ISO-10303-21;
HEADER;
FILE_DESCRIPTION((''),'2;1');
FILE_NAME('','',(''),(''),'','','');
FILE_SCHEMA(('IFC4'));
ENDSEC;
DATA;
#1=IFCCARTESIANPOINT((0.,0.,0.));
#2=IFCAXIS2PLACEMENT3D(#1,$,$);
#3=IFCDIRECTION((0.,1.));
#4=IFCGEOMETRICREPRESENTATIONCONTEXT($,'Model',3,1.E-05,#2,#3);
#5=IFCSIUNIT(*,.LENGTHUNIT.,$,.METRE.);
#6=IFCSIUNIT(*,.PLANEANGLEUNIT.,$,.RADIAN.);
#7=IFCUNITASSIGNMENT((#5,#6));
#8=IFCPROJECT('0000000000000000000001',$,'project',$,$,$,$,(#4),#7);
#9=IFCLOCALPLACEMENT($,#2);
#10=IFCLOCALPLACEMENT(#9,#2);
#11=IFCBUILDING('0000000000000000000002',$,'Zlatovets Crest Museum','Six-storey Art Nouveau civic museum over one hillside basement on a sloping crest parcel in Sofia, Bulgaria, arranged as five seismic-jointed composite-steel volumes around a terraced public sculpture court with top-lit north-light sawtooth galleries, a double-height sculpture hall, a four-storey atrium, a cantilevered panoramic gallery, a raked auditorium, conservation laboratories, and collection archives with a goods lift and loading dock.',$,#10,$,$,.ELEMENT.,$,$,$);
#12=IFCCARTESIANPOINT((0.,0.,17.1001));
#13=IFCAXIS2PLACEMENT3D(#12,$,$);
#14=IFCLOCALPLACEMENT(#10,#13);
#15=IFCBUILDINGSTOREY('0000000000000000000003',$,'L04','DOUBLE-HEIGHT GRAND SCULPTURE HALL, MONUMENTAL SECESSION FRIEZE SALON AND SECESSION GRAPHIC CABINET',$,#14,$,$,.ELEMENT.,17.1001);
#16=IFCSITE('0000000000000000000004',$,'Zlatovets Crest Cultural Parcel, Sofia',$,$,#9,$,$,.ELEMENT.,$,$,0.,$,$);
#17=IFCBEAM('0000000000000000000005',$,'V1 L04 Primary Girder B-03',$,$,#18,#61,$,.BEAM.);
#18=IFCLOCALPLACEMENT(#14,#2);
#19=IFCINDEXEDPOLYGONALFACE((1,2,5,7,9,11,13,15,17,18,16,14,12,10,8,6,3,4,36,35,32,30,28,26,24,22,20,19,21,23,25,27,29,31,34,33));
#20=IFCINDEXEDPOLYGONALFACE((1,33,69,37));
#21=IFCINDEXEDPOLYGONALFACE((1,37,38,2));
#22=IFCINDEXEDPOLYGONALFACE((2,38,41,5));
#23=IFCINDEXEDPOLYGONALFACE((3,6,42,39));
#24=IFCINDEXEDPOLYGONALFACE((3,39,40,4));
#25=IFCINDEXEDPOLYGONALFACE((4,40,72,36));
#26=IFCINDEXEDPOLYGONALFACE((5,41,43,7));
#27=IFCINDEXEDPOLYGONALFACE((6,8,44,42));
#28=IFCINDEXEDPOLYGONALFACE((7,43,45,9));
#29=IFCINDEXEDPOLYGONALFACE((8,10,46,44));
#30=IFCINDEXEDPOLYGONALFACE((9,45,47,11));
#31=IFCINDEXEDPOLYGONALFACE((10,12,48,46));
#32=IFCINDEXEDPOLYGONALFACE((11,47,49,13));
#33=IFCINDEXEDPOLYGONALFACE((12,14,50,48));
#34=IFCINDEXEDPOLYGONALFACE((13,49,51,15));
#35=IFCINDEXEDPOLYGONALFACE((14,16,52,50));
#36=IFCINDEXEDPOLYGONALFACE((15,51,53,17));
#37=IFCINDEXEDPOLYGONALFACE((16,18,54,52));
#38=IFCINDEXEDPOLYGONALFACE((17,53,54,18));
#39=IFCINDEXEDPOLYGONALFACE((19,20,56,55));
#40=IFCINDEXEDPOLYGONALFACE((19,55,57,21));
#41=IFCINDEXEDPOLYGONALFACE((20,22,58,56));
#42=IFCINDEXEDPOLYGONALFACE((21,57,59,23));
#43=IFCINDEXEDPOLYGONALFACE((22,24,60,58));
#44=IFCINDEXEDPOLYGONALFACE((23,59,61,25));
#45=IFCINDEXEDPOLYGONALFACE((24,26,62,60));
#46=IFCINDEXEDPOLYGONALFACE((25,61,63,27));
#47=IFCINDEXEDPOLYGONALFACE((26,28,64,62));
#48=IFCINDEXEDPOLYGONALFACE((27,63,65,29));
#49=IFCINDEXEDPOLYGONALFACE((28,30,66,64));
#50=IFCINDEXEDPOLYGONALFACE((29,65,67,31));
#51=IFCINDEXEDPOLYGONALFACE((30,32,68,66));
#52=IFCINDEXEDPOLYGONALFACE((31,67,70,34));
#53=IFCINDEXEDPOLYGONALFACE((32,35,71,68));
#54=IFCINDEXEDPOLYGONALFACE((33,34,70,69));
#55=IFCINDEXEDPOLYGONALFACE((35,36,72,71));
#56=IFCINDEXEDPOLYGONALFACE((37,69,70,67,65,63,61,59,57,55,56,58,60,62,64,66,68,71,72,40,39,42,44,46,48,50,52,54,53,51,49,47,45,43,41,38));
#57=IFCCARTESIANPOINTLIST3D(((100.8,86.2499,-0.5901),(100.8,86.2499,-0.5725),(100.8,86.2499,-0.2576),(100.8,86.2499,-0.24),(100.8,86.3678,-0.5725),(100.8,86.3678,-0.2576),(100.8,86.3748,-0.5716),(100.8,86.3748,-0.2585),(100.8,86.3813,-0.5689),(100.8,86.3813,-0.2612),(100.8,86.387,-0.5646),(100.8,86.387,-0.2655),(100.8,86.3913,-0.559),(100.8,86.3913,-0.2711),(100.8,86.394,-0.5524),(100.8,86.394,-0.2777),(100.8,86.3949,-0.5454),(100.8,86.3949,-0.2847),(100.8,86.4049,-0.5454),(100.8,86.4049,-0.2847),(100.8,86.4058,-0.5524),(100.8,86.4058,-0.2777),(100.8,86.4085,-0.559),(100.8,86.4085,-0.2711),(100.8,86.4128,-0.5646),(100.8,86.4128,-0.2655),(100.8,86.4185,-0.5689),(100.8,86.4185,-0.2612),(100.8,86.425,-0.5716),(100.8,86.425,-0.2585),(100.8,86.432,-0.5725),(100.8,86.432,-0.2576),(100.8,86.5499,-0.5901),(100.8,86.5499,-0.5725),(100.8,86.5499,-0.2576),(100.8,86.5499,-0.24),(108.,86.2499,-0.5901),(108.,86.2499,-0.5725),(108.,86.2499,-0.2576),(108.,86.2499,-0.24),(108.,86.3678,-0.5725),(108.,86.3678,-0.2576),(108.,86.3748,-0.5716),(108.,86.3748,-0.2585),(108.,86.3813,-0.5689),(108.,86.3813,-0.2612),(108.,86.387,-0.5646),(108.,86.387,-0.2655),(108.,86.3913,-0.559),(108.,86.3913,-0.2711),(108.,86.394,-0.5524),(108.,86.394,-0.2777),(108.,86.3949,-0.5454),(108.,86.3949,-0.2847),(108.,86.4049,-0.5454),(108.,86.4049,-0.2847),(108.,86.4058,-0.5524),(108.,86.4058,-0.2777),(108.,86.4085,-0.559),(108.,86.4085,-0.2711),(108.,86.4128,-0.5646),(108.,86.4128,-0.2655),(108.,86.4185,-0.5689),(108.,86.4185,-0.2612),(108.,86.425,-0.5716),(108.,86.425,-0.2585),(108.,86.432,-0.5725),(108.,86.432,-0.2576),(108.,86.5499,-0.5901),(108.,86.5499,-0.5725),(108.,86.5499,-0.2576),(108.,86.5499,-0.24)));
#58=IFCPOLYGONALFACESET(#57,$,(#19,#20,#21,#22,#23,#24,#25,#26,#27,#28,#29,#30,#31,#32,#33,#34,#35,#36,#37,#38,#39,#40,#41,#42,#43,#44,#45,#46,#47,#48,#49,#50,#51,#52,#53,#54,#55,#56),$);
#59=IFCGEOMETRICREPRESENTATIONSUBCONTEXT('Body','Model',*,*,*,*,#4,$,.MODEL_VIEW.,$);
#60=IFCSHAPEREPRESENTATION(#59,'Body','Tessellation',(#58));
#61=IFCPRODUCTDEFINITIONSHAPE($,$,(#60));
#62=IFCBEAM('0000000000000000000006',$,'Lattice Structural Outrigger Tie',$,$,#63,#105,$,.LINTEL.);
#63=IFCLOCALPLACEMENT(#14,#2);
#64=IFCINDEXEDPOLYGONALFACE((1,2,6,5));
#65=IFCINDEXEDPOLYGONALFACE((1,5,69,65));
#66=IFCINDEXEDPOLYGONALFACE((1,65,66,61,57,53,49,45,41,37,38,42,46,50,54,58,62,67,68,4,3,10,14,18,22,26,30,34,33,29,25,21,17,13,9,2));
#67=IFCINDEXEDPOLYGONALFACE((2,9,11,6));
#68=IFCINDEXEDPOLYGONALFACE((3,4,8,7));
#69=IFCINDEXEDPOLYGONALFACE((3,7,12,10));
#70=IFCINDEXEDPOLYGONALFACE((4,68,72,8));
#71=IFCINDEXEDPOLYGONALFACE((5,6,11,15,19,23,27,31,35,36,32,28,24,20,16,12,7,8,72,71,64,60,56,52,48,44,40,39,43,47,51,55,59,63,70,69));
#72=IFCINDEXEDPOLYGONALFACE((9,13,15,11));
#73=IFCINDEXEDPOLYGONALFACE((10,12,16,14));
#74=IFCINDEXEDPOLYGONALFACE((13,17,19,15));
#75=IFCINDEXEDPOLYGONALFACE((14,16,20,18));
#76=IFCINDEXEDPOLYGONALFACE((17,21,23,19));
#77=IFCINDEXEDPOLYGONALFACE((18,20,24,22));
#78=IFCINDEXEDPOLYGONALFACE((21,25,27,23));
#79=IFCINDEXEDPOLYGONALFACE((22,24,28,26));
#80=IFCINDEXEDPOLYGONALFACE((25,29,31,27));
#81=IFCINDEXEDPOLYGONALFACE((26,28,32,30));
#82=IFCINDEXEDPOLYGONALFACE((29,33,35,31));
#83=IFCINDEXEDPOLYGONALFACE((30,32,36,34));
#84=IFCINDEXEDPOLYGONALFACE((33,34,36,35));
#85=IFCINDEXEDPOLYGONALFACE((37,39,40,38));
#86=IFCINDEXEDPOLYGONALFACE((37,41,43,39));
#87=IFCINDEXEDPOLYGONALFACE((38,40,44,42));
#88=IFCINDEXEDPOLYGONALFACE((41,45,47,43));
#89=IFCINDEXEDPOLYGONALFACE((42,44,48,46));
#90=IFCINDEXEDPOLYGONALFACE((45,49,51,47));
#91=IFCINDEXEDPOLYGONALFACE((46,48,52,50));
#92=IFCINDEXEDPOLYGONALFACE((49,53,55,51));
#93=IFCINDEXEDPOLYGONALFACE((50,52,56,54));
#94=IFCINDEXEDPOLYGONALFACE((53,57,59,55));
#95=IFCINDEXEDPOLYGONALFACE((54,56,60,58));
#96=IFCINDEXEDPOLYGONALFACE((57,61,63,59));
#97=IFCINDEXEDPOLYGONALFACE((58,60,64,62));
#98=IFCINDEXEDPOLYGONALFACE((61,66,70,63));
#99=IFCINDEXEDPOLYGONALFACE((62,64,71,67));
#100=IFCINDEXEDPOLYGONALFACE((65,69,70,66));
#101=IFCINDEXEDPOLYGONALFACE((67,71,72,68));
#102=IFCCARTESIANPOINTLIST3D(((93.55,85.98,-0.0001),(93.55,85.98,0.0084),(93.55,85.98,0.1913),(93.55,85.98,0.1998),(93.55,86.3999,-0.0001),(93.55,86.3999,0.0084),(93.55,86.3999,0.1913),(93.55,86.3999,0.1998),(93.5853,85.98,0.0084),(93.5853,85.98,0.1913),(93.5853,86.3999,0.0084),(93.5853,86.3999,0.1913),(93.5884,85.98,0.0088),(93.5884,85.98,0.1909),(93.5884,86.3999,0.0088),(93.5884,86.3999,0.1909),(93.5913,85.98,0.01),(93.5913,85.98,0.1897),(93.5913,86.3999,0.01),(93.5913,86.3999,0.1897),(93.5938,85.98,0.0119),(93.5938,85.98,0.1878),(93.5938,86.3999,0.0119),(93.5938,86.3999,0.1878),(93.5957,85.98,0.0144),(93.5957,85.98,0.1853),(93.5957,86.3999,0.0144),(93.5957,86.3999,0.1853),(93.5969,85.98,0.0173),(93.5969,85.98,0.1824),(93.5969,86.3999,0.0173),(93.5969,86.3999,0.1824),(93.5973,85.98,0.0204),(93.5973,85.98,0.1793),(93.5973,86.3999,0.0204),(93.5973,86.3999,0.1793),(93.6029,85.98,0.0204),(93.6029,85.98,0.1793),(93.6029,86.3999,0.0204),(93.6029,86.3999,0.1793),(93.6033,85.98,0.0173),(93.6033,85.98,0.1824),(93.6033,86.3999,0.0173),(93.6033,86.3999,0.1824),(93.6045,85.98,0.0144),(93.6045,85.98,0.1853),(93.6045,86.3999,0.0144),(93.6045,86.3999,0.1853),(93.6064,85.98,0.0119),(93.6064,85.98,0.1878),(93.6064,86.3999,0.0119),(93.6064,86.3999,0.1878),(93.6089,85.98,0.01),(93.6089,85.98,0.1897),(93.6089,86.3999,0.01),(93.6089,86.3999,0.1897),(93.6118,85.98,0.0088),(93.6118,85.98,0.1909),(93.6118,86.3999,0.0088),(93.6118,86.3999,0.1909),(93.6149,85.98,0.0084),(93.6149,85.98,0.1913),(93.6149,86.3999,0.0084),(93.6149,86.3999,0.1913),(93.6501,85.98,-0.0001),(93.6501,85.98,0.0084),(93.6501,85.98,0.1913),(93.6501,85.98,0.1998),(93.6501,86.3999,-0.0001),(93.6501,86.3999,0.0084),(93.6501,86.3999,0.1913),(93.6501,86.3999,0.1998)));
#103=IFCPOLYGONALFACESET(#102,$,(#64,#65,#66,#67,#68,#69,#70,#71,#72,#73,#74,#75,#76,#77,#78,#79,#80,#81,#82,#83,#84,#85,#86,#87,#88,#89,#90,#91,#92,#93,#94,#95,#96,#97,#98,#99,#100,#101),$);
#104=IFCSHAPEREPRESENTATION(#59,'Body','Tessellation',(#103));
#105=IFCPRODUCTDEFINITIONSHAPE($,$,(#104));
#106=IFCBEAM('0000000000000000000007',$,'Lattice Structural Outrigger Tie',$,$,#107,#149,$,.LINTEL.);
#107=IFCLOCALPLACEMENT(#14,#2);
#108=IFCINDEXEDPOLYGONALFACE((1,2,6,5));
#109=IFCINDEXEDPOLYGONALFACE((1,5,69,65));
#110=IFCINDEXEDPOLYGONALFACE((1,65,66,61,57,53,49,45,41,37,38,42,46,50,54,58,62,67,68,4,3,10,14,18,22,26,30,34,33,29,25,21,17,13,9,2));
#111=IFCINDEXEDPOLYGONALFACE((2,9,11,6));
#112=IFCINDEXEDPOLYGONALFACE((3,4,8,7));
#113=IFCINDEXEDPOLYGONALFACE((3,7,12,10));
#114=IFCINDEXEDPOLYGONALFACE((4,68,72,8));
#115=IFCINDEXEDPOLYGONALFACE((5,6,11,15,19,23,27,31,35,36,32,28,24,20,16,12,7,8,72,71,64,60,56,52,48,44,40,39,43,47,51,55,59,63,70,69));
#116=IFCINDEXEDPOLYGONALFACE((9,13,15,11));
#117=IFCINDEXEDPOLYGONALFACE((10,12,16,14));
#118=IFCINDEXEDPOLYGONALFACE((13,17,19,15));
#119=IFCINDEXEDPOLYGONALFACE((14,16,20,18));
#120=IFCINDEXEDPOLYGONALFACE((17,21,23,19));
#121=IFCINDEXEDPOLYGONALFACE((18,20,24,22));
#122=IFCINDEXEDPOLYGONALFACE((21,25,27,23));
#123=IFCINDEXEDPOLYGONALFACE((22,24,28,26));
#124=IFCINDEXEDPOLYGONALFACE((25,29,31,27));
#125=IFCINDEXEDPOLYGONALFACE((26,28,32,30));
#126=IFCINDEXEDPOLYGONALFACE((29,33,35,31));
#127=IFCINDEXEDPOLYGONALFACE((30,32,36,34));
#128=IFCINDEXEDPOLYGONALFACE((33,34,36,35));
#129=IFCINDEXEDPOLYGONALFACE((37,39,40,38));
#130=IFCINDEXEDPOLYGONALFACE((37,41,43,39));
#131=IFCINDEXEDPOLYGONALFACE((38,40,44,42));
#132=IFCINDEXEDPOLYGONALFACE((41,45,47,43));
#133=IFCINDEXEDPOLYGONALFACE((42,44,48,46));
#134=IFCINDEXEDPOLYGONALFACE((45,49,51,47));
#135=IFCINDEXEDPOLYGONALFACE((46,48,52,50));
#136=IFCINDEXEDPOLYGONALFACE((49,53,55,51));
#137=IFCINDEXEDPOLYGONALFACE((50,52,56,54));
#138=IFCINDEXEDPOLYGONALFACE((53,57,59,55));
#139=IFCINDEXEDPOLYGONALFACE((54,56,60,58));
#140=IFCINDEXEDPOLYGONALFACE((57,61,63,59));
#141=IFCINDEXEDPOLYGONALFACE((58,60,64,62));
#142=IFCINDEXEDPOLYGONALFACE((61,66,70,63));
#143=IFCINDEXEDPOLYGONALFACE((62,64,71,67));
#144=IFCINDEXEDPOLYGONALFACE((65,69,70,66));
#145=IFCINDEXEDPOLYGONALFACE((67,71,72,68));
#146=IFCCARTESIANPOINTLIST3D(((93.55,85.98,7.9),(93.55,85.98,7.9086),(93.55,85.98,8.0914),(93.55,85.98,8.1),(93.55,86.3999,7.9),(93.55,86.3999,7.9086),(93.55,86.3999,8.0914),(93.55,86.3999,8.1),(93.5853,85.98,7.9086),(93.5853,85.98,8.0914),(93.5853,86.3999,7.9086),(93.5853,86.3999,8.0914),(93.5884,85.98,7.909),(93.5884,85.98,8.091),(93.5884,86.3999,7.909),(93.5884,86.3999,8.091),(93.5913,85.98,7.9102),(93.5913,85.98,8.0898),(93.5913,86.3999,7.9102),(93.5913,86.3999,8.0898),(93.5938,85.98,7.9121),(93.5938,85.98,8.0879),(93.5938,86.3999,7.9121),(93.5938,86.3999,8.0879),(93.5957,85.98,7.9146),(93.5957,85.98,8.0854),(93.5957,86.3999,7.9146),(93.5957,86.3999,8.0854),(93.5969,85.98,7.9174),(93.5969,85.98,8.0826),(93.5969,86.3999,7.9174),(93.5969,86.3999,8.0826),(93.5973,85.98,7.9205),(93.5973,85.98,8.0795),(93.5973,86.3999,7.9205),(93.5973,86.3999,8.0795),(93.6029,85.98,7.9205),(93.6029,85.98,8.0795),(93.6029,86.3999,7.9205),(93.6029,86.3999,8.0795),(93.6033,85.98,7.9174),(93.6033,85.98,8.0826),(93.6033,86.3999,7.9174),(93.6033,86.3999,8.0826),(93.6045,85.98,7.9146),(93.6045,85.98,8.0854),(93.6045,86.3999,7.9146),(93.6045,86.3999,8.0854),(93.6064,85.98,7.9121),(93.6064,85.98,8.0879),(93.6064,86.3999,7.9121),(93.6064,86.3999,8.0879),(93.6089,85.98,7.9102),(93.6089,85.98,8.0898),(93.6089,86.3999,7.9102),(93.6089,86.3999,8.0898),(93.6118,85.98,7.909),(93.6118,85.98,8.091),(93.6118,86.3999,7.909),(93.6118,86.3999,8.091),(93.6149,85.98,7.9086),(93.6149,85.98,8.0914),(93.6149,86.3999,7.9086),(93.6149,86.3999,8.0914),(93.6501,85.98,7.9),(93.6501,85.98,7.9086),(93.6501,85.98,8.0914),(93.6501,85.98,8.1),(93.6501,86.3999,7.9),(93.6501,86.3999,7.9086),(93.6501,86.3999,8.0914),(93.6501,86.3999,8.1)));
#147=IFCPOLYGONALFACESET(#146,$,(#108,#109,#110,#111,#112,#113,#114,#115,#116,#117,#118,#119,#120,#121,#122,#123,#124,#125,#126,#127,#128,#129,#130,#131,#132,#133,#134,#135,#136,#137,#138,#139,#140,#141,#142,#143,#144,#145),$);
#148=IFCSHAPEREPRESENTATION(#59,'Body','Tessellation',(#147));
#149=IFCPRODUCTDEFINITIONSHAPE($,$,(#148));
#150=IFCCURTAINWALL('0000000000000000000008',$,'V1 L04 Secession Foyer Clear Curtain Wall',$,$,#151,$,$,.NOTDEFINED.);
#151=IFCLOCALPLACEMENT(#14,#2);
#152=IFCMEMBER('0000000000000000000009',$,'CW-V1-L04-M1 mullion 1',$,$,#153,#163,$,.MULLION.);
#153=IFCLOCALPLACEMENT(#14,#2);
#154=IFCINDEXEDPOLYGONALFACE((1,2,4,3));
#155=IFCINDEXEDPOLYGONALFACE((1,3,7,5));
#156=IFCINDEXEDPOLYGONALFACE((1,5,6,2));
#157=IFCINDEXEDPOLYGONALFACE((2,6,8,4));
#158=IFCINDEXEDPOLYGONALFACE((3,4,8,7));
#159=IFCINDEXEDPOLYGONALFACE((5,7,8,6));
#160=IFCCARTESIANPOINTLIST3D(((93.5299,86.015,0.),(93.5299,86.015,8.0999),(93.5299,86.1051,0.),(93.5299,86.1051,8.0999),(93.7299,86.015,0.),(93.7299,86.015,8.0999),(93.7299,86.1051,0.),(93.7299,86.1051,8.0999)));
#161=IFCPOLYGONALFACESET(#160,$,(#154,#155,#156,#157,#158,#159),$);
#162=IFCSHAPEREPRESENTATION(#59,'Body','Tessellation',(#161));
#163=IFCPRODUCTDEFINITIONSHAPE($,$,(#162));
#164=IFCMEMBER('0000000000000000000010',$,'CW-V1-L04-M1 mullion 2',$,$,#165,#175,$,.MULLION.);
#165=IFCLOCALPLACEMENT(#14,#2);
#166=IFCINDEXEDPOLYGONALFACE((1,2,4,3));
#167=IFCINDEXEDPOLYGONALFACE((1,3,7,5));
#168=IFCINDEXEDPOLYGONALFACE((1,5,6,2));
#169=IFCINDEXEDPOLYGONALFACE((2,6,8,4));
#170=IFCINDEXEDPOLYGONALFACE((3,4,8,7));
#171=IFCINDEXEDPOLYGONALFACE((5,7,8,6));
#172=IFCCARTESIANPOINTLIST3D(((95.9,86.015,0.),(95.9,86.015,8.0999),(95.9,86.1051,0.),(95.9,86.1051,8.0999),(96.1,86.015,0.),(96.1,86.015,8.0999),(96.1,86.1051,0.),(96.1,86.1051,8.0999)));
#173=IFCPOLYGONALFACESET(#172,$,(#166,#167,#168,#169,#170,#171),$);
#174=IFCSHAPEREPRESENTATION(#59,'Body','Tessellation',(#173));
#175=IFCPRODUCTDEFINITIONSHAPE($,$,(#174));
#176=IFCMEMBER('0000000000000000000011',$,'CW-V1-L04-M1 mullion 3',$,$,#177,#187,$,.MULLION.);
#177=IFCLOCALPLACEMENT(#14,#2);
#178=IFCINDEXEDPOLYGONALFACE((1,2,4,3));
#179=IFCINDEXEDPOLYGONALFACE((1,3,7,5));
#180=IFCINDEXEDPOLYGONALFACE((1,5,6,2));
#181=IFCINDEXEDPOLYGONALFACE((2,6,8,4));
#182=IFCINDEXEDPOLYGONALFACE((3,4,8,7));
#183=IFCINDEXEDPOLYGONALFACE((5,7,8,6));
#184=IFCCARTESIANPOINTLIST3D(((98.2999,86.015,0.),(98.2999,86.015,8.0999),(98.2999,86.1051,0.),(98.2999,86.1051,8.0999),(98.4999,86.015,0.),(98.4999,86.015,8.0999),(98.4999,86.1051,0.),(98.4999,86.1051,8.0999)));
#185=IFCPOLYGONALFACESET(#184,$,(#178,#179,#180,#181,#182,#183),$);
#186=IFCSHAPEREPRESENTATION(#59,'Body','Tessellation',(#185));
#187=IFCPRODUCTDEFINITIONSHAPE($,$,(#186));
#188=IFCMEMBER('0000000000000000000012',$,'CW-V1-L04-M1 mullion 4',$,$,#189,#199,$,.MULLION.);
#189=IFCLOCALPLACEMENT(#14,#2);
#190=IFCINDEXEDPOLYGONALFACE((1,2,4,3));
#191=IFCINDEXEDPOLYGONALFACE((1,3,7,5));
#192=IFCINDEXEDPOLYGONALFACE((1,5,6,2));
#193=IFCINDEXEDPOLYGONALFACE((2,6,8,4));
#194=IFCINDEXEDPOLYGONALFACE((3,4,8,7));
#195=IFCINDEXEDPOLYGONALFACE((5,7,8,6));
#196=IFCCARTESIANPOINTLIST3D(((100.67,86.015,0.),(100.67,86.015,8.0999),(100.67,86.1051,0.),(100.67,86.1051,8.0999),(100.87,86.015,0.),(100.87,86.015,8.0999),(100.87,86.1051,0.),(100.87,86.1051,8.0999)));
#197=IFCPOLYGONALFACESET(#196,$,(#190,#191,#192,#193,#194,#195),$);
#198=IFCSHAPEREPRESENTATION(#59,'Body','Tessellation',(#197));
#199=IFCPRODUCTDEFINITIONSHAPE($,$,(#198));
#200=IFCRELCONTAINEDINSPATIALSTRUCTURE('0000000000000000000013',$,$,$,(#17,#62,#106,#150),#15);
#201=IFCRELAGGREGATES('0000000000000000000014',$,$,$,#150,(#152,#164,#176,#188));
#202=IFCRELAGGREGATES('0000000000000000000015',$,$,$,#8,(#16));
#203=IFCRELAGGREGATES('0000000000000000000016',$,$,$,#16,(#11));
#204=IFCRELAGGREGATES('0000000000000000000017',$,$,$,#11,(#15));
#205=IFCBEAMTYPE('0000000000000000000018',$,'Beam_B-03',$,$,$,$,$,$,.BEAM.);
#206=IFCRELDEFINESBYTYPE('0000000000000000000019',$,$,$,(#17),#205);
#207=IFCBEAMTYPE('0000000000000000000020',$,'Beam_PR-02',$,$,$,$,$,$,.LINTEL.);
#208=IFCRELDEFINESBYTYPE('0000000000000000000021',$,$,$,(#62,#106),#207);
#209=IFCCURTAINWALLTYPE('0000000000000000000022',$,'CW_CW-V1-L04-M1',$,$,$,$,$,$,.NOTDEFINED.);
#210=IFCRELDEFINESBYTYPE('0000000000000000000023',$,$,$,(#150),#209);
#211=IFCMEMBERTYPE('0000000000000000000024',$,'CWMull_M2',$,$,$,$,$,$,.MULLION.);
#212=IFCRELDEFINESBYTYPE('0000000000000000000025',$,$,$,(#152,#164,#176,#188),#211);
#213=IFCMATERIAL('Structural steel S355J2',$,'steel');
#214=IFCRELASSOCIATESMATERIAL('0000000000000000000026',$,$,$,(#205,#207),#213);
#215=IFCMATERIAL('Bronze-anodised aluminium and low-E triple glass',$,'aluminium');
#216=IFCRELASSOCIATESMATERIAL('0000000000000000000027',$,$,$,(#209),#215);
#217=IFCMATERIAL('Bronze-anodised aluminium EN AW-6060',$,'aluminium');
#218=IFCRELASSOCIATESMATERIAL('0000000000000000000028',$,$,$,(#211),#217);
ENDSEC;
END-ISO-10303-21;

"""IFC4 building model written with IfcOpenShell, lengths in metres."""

from ifc_helpers import new_model, si_unit, direction, frame, origin, origin_2d, place, context, subcontext, project, spatial, rectangle, i_section, extrude, material, material_profile, profile_set, type_object, element, aggregate, save


model = new_model("IFC4")

# Units and contexts
model_context = context("Model", 3, precision=1e-05, world=origin(), true_north=direction((0.0, 1.0)))
body_context = subcontext(model_context, "Body", "Model", "MODEL_VIEW")
ifc_project = project(units=[si_unit("LENGTHUNIT", "METRE"), si_unit("PLANEANGLEUNIT", "RADIAN")], contexts=[model_context])

# Site, building, storey
site_placement = place(None, origin())
site = spatial("IfcSite", under=ifc_project, at=site_placement, Name="Zlatovets Crest Cultural Parcel, Sofia", CompositionType="ELEMENT", RefElevation=0.0)
building_placement = place(site_placement, origin())
building = spatial("IfcBuilding", under=site, at=building_placement, Name="Zlatovets Crest Museum", Description="Six-storey Art Nouveau civic museum over one hillside basement on a sloping crest parcel in Sofia, Bulgaria, arranged as five seismic-jointed composite-steel volumes around a terraced public sculpture court with top-lit north-light sawtooth galleries, a double-height sculpture hall, a four-storey atrium, a cantilevered panoramic gallery, a raked auditorium, conservation laboratories, and collection archives with a goods lift and loading dock.", CompositionType="ELEMENT")
storey_placement = place(building_placement, frame((0.0, 0.0, 17.1001)))
storey = spatial("IfcBuildingStorey", under=building, at=storey_placement, Name="L04", Description="DOUBLE-HEIGHT GRAND SCULPTURE HALL, MONUMENTAL SECESSION FRIEZE SALON AND SECESSION GRAPHIC CABINET", CompositionType="ELEMENT", Elevation=17.1001)

# Beams
ifc_material_1 = material(Name="Structural steel S355J2", Category="steel")
ifc_material_profile_1 = material_profile(ifc_material_1, i_section(OverallWidth=0.3, OverallDepth=0.3501, WebThickness=0.01, FlangeThickness=0.0176, FilletRadius=0.0271, at=origin_2d()), Name="HEA 360")
ifc_profile_set_1 = profile_set([ifc_material_profile_1], Name="Structural steel S355J2")
beam_type_1 = type_object("IfcBeamType", Name="Beam_B-03", PredefinedType="BEAM", material=ifc_profile_set_1)
beam_placement = place(storey_placement, frame((100.8, 86.3999, -0.415), z_axis=(1.0, 0.0, 0.0), x_axis=(0.0, 1.0, 0.0)))
element("IfcBeam", 1, at=beam_placement, inside=storey, type_object=beam_type_1, Name="V1 L04 Primary Girder B-03", PredefinedType="BEAM", context=body_context, shape_type="SweptSolid", body=[
    extrude(i_section(OverallWidth=0.3, OverallDepth=0.3501, WebThickness=0.01, FlangeThickness=0.0176, FilletRadius=0.0271, at=origin_2d()), origin(), (0.0, 0.0, 1.0), 7.2),
])
ifc_material_profile_2 = material_profile(ifc_material_1, i_section(OverallWidth=0.1001, OverallDepth=0.2, WebThickness=0.0056, FlangeThickness=0.0085, FilletRadius=0.012, at=origin_2d()), Name="IPE 200")
ifc_profile_set_2 = profile_set([ifc_material_profile_2], Name="Structural steel S355J2")
beam_type_2 = type_object("IfcBeamType", Name="Beam_PR-02", PredefinedType="LINTEL", material=ifc_profile_set_2)
for number, where, z_axis, x_axis, name in (
    (2, (93.6001, 86.3999, 0.0999), (0.0, -1.0, 0.0), (1.0, 0.0, 0.0), "Lattice Structural Outrigger Tie"),
    (3, (93.6001, 86.3999, 8.0), (0.0, -1.0, 0.0), (1.0, 0.0, 0.0), "Lattice Structural Outrigger Tie"),
):
    element("IfcBeam", number, at=place(storey_placement, frame(where, z_axis=z_axis, x_axis=x_axis)), inside=storey, type_object=beam_type_2, Name=name, PredefinedType="LINTEL", context=body_context, shape_type="SweptSolid", body=[
        extrude(i_section(OverallWidth=0.1001, OverallDepth=0.2, WebThickness=0.0056, FlangeThickness=0.0085, FilletRadius=0.012, at=origin_2d()), origin(), (0.0, 0.0, 1.0), 0.4199),
    ])

# Curtain wall, members
ifc_material_2 = material(Name="Bronze-anodised aluminium and low-E triple glass", Category="aluminium")
curtain_wall_type = type_object("IfcCurtainWallType", Name="CW_CW-V1-L04-M1", PredefinedType="NOTDEFINED", material=ifc_material_2)
curtain_wall_placement = place(storey_placement, origin())
curtain_wall = element("IfcCurtainWall", 4, at=curtain_wall_placement, inside=storey, type_object=curtain_wall_type, Name="V1 L04 Secession Foyer Clear Curtain Wall", PredefinedType="NOTDEFINED")
ifc_material_3 = material(Name="Bronze-anodised aluminium EN AW-6060", Category="aluminium")
ifc_material_profile_3 = material_profile(ifc_material_3, rectangle(XDim=0.0901, YDim=0.2, at=origin_2d()), Name="ALU 90x200")
ifc_profile_set_3 = profile_set([ifc_material_profile_3], Name="Bronze-anodised aluminium EN AW-6060")
member_type_1 = type_object("IfcMemberType", Name="CWMull_M2", PredefinedType="MULLION", material=ifc_profile_set_3)
member_1_placement = place(storey_placement, frame((93.6299, 86.0601, 0.0), z_axis=(0.0, 0.0, 1.0), x_axis=(0.0, 1.0, 0.0)))
member_1 = element("IfcMember", 5, at=member_1_placement, type_object=member_type_1, Name="CW-V1-L04-M1 mullion 1", PredefinedType="MULLION", context=body_context, shape_type="SweptSolid", body=[
    extrude(rectangle(XDim=0.0901, YDim=0.2, at=origin_2d()), origin(), (0.0, 0.0, 1.0), 8.0999),
])
member_2_placement = place(storey_placement, frame((96.0, 86.0601, 0.0), z_axis=(0.0, 0.0, 1.0), x_axis=(0.0, 1.0, 0.0)))
member_2 = element("IfcMember", 6, at=member_2_placement, type_object=member_type_1, Name="CW-V1-L04-M1 mullion 2", PredefinedType="MULLION", context=body_context, shape_type="SweptSolid", body=[
    extrude(rectangle(XDim=0.0901, YDim=0.2, at=origin_2d()), origin(), (0.0, 0.0, 1.0), 8.0999),
])
member_3_placement = place(storey_placement, frame((98.3999, 86.0601, 0.0), z_axis=(0.0, 0.0, 1.0), x_axis=(0.0, 1.0, 0.0)))
member_3 = element("IfcMember", 7, at=member_3_placement, type_object=member_type_1, Name="CW-V1-L04-M1 mullion 3", PredefinedType="MULLION", context=body_context, shape_type="SweptSolid", body=[
    extrude(rectangle(XDim=0.0901, YDim=0.2, at=origin_2d()), origin(), (0.0, 0.0, 1.0), 8.0999),
])
member_4_placement = place(storey_placement, frame((100.77, 86.0601, 0.0), z_axis=(0.0, 0.0, 1.0), x_axis=(0.0, 1.0, 0.0)))
member_4 = element("IfcMember", 8, at=member_4_placement, type_object=member_type_1, Name="CW-V1-L04-M1 mullion 4", PredefinedType="MULLION", context=body_context, shape_type="SweptSolid", body=[
    extrude(rectangle(XDim=0.0901, YDim=0.2, at=origin_2d()), origin(), (0.0, 0.0, 1.0), 8.0999),
])

aggregate(curtain_wall, [member_1, member_2, member_3, member_4])

save(model, "model.ifc")
